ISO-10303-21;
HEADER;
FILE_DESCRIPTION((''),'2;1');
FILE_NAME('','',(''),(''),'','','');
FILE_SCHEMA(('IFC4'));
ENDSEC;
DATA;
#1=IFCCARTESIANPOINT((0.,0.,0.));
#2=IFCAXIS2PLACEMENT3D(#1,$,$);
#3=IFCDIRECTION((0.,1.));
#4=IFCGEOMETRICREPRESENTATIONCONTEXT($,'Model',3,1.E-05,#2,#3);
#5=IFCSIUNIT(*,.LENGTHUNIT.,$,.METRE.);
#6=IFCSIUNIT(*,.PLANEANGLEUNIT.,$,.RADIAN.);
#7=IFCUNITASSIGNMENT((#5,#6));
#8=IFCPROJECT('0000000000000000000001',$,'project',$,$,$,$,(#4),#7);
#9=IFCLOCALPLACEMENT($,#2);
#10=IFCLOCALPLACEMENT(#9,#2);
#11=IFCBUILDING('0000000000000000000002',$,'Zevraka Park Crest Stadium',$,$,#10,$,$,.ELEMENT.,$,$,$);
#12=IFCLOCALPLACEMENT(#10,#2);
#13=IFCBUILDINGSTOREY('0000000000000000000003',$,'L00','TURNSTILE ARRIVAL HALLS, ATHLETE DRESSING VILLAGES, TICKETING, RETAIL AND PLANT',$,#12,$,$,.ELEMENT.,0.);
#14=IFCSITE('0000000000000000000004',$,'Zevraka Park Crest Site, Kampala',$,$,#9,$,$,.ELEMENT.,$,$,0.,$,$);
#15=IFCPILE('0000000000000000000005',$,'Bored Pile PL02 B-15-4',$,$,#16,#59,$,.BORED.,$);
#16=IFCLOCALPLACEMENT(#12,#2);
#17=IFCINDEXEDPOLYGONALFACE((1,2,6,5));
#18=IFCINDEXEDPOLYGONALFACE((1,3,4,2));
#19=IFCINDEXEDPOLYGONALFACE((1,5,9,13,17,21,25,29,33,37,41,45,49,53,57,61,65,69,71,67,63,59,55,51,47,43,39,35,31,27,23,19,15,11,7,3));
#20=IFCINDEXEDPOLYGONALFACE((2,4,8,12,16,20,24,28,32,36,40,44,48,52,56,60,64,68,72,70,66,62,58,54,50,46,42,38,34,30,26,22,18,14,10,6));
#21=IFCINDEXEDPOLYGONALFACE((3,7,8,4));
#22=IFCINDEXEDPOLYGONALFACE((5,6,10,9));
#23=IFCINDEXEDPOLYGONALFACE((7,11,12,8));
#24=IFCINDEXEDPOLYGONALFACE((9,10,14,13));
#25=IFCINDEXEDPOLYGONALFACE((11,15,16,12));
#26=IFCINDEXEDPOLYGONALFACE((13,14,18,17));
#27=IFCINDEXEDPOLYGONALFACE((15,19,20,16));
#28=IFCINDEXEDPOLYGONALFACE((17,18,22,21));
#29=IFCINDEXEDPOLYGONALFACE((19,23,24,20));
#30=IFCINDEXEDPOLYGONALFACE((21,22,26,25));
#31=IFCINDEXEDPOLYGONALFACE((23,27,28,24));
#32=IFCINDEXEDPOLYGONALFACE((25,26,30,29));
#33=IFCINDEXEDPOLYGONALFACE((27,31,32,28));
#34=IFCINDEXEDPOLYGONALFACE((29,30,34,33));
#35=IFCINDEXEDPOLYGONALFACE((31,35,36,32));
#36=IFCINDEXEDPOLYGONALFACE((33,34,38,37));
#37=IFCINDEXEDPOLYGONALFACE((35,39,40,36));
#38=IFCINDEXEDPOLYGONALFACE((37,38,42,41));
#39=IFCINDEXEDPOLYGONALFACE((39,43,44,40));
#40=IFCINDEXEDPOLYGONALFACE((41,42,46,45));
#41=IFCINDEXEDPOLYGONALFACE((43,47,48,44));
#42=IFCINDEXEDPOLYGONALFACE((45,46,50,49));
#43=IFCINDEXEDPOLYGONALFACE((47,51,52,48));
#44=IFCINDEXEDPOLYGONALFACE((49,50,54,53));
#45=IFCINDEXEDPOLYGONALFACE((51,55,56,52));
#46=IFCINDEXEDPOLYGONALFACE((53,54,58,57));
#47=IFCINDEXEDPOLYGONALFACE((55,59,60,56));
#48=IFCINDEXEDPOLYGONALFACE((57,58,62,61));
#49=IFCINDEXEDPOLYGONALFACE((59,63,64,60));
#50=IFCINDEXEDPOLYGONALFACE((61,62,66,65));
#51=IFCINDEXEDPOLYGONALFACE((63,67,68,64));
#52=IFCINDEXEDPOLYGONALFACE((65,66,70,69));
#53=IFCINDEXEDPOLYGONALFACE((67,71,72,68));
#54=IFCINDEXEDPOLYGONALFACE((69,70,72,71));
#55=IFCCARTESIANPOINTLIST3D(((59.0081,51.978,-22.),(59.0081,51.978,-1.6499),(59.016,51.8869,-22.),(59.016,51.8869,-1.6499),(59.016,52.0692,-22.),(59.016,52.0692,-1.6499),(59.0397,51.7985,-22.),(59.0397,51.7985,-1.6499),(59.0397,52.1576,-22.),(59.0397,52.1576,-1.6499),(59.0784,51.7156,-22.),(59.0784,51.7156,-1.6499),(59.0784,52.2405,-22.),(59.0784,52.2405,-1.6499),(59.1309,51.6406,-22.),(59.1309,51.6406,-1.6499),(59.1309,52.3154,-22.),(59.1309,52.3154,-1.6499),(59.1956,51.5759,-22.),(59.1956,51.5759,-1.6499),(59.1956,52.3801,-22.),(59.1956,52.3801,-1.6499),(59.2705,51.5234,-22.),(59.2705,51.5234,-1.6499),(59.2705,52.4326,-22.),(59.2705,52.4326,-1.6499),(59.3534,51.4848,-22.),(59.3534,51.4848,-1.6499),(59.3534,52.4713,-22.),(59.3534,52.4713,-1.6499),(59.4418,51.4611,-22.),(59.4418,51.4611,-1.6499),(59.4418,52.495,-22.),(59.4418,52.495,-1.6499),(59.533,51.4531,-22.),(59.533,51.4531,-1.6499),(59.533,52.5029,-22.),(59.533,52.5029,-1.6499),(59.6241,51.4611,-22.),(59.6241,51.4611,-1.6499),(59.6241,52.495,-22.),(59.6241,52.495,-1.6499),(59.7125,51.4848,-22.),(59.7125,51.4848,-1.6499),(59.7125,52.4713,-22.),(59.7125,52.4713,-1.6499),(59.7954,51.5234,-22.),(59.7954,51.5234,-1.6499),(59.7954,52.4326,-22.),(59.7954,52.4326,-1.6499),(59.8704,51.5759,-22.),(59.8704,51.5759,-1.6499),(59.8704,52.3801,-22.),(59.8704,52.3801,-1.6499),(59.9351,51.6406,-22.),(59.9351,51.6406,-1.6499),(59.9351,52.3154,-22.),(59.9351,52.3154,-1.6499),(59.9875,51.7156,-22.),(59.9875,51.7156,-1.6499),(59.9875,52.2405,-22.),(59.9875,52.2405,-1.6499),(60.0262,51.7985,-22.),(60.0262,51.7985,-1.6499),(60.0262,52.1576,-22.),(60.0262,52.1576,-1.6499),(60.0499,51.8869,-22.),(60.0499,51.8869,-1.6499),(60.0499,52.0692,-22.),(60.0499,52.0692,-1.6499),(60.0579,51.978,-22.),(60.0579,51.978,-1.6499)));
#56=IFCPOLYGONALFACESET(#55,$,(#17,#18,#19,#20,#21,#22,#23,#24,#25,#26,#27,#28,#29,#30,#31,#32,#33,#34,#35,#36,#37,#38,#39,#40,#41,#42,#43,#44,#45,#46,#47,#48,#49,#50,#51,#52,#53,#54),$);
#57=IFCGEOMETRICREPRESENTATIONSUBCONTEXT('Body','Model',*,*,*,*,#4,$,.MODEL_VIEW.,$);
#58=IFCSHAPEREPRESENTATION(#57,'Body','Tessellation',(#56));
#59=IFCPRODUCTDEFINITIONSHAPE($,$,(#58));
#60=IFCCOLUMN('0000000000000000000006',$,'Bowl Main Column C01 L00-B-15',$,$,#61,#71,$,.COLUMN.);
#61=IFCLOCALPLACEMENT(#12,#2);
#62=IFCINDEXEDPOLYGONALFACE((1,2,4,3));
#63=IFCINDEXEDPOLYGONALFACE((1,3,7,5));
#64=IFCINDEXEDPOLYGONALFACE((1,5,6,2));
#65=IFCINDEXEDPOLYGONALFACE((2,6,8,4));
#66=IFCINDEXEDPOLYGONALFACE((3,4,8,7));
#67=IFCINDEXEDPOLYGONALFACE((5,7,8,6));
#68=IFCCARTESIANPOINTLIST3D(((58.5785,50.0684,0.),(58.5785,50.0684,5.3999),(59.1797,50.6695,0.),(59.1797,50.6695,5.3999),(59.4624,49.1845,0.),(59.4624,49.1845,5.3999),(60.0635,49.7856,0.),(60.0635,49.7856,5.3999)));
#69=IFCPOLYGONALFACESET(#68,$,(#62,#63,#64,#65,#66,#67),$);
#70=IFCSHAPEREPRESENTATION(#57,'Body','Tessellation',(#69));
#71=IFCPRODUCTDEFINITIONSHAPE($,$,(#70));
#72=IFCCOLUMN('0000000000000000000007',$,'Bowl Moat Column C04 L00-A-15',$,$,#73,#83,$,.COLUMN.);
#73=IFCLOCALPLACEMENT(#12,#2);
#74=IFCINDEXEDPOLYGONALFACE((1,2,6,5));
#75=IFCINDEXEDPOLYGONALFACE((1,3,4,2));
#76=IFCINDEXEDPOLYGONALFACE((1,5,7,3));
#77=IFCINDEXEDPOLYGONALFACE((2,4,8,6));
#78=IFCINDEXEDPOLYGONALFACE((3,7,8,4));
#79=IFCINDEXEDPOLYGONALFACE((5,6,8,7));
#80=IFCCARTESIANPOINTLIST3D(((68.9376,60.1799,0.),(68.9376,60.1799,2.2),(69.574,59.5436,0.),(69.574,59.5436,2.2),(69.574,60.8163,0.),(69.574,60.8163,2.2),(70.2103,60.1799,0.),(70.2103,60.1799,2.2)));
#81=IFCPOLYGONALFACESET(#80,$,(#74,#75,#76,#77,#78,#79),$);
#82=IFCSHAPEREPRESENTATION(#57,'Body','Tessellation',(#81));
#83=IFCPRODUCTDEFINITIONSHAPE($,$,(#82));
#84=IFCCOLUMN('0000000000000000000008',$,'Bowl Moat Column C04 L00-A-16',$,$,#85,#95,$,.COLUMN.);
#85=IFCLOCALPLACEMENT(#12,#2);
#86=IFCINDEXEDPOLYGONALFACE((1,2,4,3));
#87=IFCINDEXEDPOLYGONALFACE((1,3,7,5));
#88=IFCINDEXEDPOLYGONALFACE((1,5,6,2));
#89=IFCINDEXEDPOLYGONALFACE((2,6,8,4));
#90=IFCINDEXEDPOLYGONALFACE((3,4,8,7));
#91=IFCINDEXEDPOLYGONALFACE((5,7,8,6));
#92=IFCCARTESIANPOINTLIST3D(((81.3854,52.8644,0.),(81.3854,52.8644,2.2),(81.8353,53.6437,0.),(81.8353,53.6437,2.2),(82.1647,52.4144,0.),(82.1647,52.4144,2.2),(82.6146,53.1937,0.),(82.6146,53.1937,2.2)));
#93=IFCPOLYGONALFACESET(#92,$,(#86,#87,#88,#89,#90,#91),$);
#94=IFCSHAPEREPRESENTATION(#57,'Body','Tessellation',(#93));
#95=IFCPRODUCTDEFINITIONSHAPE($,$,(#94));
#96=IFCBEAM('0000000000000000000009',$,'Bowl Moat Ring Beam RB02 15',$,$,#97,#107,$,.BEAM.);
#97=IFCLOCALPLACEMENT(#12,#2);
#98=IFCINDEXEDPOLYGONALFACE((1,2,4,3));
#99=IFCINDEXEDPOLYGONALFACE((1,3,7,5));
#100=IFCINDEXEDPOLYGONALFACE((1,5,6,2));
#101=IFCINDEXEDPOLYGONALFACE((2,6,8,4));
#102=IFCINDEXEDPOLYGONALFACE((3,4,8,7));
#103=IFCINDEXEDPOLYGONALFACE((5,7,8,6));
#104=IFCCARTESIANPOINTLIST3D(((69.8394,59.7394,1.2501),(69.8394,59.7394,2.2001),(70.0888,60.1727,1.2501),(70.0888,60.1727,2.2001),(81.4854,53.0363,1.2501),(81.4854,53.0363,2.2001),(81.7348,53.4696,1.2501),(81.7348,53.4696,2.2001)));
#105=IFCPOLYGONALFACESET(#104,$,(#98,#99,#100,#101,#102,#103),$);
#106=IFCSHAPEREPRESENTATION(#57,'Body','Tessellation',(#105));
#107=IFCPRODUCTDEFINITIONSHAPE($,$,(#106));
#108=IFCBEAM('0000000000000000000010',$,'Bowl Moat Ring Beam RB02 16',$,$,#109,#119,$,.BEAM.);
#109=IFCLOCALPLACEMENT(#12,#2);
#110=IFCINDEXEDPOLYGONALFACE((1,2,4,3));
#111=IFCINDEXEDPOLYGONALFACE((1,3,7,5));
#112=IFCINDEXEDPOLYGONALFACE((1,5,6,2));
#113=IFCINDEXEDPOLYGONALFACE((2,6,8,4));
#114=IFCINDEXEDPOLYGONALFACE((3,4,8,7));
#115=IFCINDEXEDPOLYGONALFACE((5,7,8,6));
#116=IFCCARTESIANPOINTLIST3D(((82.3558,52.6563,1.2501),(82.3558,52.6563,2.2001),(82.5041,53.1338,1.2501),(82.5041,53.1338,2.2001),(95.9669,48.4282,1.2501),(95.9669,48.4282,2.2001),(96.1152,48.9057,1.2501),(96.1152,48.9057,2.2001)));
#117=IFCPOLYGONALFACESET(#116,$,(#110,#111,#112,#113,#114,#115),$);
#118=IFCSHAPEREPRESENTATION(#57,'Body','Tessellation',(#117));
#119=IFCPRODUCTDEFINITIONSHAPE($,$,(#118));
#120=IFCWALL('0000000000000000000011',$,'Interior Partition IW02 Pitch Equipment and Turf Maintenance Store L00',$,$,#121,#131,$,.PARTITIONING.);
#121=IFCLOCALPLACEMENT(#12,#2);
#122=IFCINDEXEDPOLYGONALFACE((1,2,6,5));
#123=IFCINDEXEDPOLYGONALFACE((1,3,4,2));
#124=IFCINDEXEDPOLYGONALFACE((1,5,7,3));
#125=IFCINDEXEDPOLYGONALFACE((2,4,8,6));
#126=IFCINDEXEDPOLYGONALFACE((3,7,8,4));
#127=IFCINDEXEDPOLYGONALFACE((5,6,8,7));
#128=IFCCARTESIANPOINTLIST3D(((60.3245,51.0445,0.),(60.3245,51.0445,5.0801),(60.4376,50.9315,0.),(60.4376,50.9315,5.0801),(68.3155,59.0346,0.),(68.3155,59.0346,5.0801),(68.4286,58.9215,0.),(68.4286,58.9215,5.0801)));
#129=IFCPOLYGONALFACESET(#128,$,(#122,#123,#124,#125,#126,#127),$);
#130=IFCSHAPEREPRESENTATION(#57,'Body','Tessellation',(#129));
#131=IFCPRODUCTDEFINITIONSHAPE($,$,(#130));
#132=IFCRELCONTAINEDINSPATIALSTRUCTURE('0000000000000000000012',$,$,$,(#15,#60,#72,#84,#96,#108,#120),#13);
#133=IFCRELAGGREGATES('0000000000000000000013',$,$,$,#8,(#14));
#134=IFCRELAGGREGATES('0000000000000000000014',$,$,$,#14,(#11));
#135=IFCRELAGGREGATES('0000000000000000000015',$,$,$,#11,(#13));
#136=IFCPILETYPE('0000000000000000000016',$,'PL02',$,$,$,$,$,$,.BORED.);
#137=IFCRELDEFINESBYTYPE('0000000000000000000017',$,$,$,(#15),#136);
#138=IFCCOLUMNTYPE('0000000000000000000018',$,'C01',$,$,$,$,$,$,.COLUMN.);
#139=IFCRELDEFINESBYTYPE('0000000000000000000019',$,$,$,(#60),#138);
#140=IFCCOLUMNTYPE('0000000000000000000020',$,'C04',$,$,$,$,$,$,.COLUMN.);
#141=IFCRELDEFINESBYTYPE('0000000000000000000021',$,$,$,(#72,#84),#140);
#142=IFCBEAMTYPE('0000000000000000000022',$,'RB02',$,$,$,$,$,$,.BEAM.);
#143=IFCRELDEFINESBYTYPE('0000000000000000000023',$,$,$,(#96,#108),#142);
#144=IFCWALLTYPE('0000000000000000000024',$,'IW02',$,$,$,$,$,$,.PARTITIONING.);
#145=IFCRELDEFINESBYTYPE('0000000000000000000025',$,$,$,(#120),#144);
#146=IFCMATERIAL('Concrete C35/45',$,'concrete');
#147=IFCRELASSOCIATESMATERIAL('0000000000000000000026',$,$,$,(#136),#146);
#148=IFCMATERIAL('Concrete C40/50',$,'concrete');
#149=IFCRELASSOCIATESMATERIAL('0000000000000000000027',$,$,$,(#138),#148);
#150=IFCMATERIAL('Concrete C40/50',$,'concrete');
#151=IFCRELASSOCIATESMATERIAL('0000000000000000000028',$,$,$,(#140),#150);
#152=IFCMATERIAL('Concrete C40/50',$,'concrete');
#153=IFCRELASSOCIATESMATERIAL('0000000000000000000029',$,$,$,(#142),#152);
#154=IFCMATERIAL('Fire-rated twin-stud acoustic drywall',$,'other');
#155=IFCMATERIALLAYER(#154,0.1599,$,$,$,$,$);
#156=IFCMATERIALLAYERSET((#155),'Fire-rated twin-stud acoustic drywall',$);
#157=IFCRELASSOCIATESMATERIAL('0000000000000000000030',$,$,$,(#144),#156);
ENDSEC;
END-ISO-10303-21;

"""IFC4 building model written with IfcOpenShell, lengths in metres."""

from ifc_helpers import new_model, si_unit, direction, frame, frame_2d, origin, origin_2d, place, context, subcontext, project, spatial, rectangle, circle, extrude, material, layer, layer_set, material_profile, profile_set, type_object, element, save


model = new_model("IFC4")

# Units and contexts
model_context = context("Model", 3, precision=1e-05, world=origin(), true_north=direction((0.0, 1.0)))
body_context = subcontext(model_context, "Body", "Model", "MODEL_VIEW")
ifc_project = project(units=[si_unit("LENGTHUNIT", "METRE"), si_unit("PLANEANGLEUNIT", "RADIAN")], contexts=[model_context])

# Site, building, storey
site_placement = place(None, origin())
site = spatial("IfcSite", under=ifc_project, at=site_placement, Name="Zevraka Park Crest Site, Kampala", CompositionType="ELEMENT", RefElevation=0.0)
building_placement = place(site_placement, origin())
building = spatial("IfcBuilding", under=site, at=building_placement, Name="Zevraka Park Crest Stadium", CompositionType="ELEMENT")
storey_placement = place(building_placement, origin())
storey = spatial("IfcBuildingStorey", under=building, at=storey_placement, Name="L00", Description="TURNSTILE ARRIVAL HALLS, ATHLETE DRESSING VILLAGES, TICKETING, RETAIL AND PLANT", CompositionType="ELEMENT", Elevation=0.0)

# Pile
ifc_material_1 = material(Name="Concrete C35/45", Category="concrete")
ifc_material_profile_1 = material_profile(ifc_material_1, circle(Radius=0.5249, at=origin_2d()), Name="PILE D1050")
ifc_profile_set_1 = profile_set([ifc_material_profile_1], Name="Concrete C35/45")
pile_type_1 = type_object("IfcPileType", Name="PL02", PredefinedType="BORED", material=ifc_profile_set_1)
for number, where, z_axis, x_axis, name in (
    (1, (59.533, 51.978, -1.6499), (0.0, 0.0, -1.0), (1.0, 0.0, 0.0), "Bored Pile PL02 B-15-4"),
):
    element("IfcPile", number, at=place(storey_placement, frame(where, z_axis=z_axis, x_axis=x_axis)), inside=storey, type_object=pile_type_1, Name=name, PredefinedType="BORED", context=body_context, shape_type="SweptSolid", body=[
        extrude(circle(Radius=0.5249, at=origin_2d()), origin(), (0.0, 0.0, 1.0), 20.3501),
    ])

# Columns
ifc_material_2 = material(Name="Concrete C40/50", Category="concrete")
ifc_material_profile_2 = material_profile(ifc_material_2, rectangle(XDim=0.8501, YDim=1.25, at=origin_2d()), Name="RC 1250x850")
ifc_profile_set_2 = profile_set([ifc_material_profile_2], Name="Concrete C40/50")
column_type_1 = type_object("IfcColumnType", Name="C01", PredefinedType="COLUMN", material=ifc_profile_set_2)
column_placement = place(storey_placement, frame((59.321, 49.927, 0.0), z_axis=(0.0, 0.0, 1.0), x_axis=(0.707107, 0.707107, 0.0)))
element("IfcColumn", 2, at=column_placement, inside=storey, type_object=column_type_1, Name="Bowl Main Column C01 L00-B-15", PredefinedType="COLUMN", context=body_context, shape_type="SweptSolid", body=[
    extrude(rectangle(XDim=0.8501, YDim=1.25, at=origin_2d()), origin(), (0.0, 0.0, 1.0), 5.3999),
])
ifc_material_3 = material(Name="Concrete C40/50", Category="concrete")
ifc_material_profile_3 = material_profile(ifc_material_3, rectangle(XDim=0.8999, YDim=0.8999, at=origin_2d()), Name="RC 900x900")
ifc_profile_set_3 = profile_set([ifc_material_profile_3], Name="Concrete C40/50")
column_type_2 = type_object("IfcColumnType", Name="C04", PredefinedType="COLUMN", material=ifc_profile_set_3)
for number, where, z_axis, x_axis, name in (
    (3, (69.574, 60.1799, 0.0), (0.0, 0.0, 1.0), (0.707107, 0.707107, 0.0), "Bowl Moat Column C04 L00-A-15"),
    (4, (82.0, 53.0291, 0.0), (0.0, 0.0, 1.0), (0.5, 0.866025, 0.0), "Bowl Moat Column C04 L00-A-16"),
):
    element("IfcColumn", number, at=place(storey_placement, frame(where, z_axis=z_axis, x_axis=x_axis)), inside=storey, type_object=column_type_2, Name=name, PredefinedType="COLUMN", context=body_context, shape_type="SweptSolid", body=[
        extrude(rectangle(XDim=0.8999, YDim=0.8999, at=origin_2d()), origin(), (0.0, 0.0, 1.0), 2.2),
    ])

# Beams
ifc_material_4 = material(Name="Concrete C40/50", Category="concrete")
ifc_material_profile_4 = material_profile(ifc_material_4, rectangle(XDim=0.5, YDim=0.95, at=origin_2d()), Name="RC 950x500")
ifc_profile_set_4 = profile_set([ifc_material_profile_4], Name="Concrete C40/50")
beam_type = type_object("IfcBeamType", Name="RB02", PredefinedType="BEAM", material=ifc_profile_set_4)
beam_1_placement = place(storey_placement, frame((69.9641, 59.9561, 1.7251), z_axis=(0.866691, -0.498845, 0.0), x_axis=(0.498845, 0.866691, 0.0)))
element("IfcBeam", 5, at=beam_1_placement, inside=storey, type_object=beam_type, Name="Bowl Moat Ring Beam RB02 15", PredefinedType="BEAM", context=body_context, shape_type="SweptSolid", body=[
    extrude(rectangle(XDim=0.5, YDim=0.95, at=origin_2d()), origin(), (0.0, 0.0, 1.0), 13.4373),
])
beam_2_placement = place(storey_placement, frame((82.4299, 52.895, 1.7251), z_axis=(0.954987, -0.296649, 0.0), x_axis=(0.296649, 0.954987, 0.0)))
element("IfcBeam", 6, at=beam_2_placement, inside=storey, type_object=beam_type, Name="Bowl Moat Ring Beam RB02 16", PredefinedType="BEAM", context=body_context, shape_type="SweptSolid", body=[
    extrude(rectangle(XDim=0.5, YDim=0.95, at=origin_2d()), origin(), (0.0, 0.0, 1.0), 14.2527),
])

# Wall
ifc_material_5 = material(Name="Fire-rated twin-stud acoustic drywall", Category="other")
ifc_layer = layer(ifc_material_5, 0.1599)
ifc_layer_set = layer_set([ifc_layer], Name="Fire-rated twin-stud acoustic drywall")
wall_type = type_object("IfcWallType", Name="IW02", PredefinedType="PARTITIONING", material=ifc_layer_set)
wall_placement = place(storey_placement, frame((68.3721, 58.978, 0.0), z_axis=(0.0, 0.0, 1.0), x_axis=(-0.70715, -0.707064, 0.0)))
element("IfcWall", 7, at=wall_placement, inside=storey, type_object=wall_type, Name="Interior Partition IW02 Pitch Equipment and Turf Maintenance Store L00", PredefinedType="PARTITIONING", context=body_context, shape_type="SweptSolid", body=[
    extrude(rectangle(XDim=11.3003, YDim=0.1599, at=frame_2d((5.6501, 0.0))), origin(), (0.0, 0.0, 1.0), 5.0801),
])

save(model, "model.ifc")
